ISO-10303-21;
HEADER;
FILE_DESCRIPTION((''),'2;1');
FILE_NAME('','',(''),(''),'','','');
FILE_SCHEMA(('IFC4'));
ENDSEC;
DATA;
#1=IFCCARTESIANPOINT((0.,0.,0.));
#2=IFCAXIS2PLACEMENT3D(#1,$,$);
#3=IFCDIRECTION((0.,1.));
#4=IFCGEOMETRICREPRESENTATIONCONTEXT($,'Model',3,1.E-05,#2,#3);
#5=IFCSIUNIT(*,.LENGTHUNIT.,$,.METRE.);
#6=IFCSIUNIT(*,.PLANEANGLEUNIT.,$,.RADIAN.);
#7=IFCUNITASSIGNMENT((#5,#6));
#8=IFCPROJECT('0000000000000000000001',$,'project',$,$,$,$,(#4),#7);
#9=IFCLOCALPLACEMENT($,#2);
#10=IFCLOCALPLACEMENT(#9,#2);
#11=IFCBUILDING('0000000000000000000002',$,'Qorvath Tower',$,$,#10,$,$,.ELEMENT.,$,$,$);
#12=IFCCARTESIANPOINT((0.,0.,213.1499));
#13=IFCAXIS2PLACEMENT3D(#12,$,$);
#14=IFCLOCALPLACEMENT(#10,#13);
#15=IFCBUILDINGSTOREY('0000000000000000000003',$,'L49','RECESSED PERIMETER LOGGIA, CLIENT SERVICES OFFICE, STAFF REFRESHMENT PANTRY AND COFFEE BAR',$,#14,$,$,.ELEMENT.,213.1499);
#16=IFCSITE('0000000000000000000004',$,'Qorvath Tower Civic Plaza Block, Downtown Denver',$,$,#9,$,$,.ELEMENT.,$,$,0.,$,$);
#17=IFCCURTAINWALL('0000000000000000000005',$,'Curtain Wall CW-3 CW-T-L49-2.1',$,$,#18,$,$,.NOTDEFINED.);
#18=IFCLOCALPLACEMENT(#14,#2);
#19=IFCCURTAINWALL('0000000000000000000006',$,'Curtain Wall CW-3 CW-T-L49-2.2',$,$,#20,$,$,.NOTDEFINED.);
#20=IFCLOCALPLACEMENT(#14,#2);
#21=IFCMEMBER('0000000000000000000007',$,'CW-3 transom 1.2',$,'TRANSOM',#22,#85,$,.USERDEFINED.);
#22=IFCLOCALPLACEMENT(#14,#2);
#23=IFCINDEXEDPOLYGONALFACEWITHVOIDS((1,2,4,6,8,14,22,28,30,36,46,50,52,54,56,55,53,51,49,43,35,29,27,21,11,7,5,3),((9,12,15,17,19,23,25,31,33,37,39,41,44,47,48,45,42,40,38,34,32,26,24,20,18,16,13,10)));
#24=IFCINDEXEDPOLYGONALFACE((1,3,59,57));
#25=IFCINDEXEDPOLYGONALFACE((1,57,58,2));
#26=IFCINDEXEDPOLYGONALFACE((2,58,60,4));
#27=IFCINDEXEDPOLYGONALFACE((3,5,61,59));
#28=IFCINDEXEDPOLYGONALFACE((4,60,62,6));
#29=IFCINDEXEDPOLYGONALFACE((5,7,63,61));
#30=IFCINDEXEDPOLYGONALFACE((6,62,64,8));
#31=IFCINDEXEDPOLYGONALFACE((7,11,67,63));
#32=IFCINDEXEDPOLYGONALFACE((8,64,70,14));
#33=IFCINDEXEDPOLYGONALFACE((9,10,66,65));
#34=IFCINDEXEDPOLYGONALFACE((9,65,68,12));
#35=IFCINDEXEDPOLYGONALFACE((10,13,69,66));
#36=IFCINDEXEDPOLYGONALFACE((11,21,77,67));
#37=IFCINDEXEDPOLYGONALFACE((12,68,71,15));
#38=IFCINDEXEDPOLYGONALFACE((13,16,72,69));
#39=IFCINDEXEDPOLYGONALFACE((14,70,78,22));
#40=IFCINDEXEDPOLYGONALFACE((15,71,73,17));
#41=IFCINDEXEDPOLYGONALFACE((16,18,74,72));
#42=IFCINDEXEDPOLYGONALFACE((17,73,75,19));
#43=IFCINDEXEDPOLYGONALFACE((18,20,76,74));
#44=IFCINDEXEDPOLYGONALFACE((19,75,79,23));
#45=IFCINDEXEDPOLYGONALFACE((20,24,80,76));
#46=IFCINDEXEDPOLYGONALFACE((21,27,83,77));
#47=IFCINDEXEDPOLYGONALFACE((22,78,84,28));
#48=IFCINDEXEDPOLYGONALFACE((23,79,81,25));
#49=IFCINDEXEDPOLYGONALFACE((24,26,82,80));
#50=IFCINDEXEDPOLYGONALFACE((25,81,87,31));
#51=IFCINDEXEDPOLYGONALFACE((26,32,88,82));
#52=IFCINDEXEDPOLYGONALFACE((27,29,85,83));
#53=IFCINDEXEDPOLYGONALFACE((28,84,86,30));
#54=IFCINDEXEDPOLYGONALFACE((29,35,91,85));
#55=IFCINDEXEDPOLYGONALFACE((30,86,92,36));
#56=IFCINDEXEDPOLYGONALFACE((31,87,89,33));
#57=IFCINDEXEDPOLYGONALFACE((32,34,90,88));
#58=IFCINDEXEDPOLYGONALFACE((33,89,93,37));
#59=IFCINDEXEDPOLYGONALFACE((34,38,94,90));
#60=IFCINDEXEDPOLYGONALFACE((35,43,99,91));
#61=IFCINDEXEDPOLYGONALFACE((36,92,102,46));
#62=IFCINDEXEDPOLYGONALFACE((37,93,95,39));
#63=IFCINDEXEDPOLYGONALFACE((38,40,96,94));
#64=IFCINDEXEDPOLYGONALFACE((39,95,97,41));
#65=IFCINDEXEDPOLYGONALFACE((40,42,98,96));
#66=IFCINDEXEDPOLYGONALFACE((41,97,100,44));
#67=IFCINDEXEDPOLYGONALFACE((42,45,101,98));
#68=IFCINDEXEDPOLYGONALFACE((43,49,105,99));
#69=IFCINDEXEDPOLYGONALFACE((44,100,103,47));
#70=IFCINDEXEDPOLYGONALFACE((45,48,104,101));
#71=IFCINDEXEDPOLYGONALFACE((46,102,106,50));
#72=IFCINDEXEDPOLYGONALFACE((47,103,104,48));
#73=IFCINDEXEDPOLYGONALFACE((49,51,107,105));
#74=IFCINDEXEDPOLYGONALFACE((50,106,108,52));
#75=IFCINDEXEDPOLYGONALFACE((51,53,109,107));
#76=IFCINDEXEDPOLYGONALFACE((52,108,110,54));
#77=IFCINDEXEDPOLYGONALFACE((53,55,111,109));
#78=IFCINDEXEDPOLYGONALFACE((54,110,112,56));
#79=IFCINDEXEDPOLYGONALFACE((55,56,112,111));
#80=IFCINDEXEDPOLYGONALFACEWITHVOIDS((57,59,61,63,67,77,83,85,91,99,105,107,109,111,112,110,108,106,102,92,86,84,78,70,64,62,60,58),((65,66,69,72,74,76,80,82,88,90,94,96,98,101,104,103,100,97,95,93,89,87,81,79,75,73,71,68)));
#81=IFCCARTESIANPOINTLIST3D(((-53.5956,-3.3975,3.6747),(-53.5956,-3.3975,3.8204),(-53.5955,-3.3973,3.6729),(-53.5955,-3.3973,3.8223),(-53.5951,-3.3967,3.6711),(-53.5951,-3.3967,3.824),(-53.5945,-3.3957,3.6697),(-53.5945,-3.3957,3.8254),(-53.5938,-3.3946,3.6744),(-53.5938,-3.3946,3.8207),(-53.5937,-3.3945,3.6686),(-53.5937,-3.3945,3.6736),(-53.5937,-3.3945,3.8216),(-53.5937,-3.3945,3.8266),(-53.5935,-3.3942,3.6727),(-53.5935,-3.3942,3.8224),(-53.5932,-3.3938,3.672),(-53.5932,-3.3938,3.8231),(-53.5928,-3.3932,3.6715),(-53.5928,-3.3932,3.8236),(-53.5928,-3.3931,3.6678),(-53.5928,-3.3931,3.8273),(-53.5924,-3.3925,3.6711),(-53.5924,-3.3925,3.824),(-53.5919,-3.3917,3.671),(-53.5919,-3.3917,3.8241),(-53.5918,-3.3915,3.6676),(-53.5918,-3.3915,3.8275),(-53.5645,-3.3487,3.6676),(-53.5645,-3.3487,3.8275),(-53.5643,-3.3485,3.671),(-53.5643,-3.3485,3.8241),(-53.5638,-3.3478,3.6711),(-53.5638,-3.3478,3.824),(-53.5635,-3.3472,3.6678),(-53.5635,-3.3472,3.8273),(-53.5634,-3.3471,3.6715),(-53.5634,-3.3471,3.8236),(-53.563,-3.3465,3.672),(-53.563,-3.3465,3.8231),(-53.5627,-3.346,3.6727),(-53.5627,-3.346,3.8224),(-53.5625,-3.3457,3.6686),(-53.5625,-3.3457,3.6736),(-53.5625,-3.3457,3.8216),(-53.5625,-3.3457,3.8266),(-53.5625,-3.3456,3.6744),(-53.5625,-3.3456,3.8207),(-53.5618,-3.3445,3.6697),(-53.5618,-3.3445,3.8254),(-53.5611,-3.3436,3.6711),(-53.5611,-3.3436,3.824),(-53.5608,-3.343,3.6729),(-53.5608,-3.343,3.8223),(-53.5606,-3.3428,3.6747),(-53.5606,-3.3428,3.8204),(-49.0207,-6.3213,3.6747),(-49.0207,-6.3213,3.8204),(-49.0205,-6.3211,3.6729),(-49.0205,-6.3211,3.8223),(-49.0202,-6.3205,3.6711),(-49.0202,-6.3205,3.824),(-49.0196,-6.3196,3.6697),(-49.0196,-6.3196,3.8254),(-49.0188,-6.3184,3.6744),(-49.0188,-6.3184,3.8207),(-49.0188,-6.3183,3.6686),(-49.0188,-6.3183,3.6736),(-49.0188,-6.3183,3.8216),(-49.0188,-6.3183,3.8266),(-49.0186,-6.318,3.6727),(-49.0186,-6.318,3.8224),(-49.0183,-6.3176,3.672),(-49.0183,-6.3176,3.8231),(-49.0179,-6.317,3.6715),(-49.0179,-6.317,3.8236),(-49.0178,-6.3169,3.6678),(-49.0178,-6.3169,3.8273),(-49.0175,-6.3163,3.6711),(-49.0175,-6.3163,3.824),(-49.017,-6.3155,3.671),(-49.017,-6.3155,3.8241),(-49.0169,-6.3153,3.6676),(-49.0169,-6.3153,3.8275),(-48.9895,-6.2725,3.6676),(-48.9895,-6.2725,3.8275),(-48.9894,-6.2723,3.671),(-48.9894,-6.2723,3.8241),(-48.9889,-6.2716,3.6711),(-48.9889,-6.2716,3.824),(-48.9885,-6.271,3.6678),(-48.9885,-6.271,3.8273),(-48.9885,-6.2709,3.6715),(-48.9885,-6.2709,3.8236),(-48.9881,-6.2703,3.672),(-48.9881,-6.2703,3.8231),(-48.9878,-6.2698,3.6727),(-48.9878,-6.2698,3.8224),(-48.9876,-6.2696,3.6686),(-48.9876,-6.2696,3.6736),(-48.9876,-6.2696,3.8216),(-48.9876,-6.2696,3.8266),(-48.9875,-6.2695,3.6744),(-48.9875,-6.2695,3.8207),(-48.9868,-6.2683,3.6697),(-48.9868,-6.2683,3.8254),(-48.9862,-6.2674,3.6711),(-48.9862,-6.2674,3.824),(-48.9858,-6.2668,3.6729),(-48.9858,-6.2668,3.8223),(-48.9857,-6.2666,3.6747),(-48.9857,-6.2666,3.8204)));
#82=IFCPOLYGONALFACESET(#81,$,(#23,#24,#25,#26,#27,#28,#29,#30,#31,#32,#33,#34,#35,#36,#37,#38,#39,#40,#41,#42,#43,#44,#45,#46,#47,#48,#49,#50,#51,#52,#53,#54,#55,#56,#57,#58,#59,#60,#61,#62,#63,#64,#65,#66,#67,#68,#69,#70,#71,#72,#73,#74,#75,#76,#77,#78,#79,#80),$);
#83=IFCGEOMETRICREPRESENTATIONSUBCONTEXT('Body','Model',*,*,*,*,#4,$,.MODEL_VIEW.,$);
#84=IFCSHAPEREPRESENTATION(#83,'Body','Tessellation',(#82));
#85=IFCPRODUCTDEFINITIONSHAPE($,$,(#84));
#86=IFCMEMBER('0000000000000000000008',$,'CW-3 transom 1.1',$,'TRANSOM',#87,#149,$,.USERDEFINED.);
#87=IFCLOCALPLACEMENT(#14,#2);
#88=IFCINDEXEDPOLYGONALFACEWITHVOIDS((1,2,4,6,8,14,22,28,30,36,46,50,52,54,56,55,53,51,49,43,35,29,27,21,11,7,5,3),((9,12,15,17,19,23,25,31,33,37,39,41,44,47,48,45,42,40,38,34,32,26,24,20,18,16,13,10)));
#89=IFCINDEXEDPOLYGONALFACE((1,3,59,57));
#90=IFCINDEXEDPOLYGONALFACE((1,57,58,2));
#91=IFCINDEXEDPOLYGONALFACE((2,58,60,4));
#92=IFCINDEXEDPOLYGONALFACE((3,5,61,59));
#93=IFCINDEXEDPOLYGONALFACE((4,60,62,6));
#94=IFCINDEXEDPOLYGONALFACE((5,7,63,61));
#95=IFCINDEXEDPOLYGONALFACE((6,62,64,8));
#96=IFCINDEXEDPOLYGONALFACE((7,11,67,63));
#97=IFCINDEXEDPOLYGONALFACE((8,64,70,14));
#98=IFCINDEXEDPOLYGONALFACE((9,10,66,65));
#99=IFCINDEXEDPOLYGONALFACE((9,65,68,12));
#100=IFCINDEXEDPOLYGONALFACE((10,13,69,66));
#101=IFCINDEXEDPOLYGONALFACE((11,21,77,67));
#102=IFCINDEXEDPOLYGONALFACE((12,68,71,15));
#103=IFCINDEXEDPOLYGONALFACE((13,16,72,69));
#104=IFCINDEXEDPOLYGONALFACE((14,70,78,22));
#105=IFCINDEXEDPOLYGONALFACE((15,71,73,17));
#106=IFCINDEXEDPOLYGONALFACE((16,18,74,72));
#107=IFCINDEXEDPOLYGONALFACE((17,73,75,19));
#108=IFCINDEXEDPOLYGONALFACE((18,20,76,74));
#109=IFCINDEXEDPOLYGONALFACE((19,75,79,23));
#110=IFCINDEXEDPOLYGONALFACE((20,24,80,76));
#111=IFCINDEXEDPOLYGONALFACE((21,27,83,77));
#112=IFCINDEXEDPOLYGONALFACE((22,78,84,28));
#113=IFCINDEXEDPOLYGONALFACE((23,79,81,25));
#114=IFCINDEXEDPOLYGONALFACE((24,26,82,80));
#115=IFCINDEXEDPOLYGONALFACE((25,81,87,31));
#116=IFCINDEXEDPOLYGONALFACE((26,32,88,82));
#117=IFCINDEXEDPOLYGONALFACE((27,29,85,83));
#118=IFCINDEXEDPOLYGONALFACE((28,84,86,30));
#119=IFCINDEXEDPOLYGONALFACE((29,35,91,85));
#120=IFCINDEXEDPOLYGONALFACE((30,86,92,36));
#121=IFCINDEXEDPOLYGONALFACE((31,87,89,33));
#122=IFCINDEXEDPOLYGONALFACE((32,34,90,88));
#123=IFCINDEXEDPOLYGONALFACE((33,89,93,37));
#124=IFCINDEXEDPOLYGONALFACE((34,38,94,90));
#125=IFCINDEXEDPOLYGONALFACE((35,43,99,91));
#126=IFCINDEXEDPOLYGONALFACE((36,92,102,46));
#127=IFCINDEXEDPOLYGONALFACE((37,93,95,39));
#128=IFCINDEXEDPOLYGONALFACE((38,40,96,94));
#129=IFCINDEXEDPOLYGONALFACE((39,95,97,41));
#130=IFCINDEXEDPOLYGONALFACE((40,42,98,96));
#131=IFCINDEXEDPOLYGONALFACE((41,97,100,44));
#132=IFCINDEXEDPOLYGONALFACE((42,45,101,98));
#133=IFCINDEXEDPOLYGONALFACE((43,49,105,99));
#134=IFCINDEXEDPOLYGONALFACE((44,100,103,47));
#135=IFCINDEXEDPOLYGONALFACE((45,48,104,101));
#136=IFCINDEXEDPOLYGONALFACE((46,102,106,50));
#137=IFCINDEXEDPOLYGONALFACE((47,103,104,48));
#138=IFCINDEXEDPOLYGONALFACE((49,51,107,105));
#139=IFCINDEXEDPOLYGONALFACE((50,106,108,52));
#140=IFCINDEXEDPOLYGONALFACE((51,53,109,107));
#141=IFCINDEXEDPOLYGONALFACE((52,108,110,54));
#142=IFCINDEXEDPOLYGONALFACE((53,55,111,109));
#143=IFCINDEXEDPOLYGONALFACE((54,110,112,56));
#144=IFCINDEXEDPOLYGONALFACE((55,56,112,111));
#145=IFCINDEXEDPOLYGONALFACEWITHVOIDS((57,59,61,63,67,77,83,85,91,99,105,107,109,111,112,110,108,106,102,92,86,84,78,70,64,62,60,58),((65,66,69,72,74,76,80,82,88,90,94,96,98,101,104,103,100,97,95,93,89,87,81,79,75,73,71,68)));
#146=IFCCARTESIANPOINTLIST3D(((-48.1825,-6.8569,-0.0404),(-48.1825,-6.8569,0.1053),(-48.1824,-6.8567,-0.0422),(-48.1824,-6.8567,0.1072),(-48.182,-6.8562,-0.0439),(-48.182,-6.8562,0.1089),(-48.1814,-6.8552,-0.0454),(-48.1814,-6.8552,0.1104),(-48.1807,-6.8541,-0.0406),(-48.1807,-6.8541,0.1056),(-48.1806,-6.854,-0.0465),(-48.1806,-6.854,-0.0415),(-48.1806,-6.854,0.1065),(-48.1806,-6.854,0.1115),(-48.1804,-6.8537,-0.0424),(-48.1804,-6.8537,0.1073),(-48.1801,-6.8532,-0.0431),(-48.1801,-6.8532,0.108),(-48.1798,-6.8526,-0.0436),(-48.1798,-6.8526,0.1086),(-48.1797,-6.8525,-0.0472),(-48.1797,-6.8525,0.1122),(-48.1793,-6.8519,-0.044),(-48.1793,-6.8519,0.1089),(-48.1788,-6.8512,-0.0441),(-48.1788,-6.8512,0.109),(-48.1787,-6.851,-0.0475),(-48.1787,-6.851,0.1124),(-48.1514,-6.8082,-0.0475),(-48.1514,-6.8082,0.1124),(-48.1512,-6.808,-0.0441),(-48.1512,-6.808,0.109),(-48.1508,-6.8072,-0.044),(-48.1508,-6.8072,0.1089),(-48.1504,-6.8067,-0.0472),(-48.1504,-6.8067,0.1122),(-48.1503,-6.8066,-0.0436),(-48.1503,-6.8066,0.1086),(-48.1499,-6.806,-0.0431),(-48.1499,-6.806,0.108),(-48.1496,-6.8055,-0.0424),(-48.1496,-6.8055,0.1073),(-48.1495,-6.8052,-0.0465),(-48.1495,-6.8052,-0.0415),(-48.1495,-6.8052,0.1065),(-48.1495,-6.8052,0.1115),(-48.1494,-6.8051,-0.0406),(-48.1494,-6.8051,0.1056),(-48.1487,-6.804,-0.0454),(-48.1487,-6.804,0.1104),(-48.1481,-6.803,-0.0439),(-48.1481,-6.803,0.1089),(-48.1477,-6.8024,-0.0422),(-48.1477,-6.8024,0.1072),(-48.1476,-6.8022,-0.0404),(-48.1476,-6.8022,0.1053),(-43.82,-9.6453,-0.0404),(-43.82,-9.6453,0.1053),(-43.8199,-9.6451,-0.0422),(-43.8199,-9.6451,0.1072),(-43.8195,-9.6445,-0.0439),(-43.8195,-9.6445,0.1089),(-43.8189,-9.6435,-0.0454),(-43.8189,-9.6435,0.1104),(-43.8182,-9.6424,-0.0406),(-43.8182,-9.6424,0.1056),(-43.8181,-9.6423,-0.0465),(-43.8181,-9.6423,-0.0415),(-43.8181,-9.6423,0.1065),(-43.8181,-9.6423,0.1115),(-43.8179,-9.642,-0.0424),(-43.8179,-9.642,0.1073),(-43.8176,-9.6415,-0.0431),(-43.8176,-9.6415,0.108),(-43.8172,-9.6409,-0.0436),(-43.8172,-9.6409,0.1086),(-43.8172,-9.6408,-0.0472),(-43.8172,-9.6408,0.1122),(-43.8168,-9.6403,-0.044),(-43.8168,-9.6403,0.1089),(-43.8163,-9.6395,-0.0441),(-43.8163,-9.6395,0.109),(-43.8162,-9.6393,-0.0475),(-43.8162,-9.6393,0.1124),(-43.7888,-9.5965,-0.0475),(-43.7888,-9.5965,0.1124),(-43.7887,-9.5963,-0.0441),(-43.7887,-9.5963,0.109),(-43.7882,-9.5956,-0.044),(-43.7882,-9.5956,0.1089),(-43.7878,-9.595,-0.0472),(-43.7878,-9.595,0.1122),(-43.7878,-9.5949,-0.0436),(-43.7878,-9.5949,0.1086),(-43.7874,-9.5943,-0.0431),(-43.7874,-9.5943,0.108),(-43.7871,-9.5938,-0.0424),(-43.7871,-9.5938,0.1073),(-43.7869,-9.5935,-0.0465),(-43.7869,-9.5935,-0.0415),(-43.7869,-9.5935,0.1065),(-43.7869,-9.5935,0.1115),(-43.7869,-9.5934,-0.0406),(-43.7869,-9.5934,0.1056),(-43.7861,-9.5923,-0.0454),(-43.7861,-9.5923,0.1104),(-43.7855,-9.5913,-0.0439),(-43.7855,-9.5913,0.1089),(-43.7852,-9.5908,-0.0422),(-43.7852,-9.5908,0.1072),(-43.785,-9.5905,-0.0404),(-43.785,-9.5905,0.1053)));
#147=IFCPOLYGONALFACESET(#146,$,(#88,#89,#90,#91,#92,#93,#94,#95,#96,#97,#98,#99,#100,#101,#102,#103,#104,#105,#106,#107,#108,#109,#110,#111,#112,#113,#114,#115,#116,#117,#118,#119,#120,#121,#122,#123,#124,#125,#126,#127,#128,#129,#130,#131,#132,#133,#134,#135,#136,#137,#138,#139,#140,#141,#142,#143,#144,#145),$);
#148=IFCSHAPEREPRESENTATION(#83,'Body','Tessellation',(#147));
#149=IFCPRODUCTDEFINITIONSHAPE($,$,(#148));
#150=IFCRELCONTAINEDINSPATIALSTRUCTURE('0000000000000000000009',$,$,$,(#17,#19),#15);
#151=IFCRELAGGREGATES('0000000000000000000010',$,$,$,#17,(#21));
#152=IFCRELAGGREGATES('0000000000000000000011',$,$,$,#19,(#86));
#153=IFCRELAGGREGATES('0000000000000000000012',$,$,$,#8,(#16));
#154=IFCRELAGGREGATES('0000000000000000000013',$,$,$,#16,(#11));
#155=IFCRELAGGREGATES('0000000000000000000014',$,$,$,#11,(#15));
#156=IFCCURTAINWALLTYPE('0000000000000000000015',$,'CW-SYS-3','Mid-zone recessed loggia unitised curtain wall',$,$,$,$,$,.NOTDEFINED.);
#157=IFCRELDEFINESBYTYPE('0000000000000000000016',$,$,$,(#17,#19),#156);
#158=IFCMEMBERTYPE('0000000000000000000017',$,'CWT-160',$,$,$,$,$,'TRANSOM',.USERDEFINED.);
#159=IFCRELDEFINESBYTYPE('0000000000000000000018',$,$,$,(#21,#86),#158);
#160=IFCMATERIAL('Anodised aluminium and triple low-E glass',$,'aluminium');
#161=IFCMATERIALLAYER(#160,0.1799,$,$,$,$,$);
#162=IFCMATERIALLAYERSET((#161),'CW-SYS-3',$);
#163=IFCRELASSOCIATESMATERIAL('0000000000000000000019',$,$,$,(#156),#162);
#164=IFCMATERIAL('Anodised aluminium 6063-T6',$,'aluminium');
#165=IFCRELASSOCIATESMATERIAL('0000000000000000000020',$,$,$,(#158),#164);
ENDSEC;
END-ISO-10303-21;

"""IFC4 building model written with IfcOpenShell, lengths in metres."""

from ifc_helpers import new_model, si_unit, direction, frame, origin, origin_2d, place, context, subcontext, project, spatial, hollow_rectangle, extrude, material, layer, layer_set, material_profile, profile_set, type_object, element, aggregate, save


model = new_model("IFC4")

# Units and contexts
model_context = context("Model", 3, precision=1e-05, world=origin(), true_north=direction((0.0, 1.0)))
body_context = subcontext(model_context, "Body", "Model", "MODEL_VIEW")
ifc_project = project(units=[si_unit("LENGTHUNIT", "METRE"), si_unit("PLANEANGLEUNIT", "RADIAN")], contexts=[model_context])

# Site, building, storey
site_placement = place(None, origin())
site = spatial("IfcSite", under=ifc_project, at=site_placement, Name="Qorvath Tower Civic Plaza Block, Downtown Denver", CompositionType="ELEMENT", RefElevation=0.0)
building_placement = place(site_placement, origin())
building = spatial("IfcBuilding", under=site, at=building_placement, Name="Qorvath Tower", CompositionType="ELEMENT")
storey_placement = place(building_placement, frame((0.0, 0.0, 213.1499)))
storey = spatial("IfcBuildingStorey", under=building, at=storey_placement, Name="L49", Description="RECESSED PERIMETER LOGGIA, CLIENT SERVICES OFFICE, STAFF REFRESHMENT PANTRY AND COFFEE BAR", CompositionType="ELEMENT", Elevation=213.1499)

# Curtain walls
ifc_material_1 = material(Name="Anodised aluminium and triple low-E glass", Category="aluminium")
ifc_layer_1 = layer(ifc_material_1, 0.1799)
ifc_layer_set_1 = layer_set([ifc_layer_1], Name="CW-SYS-3")
curtain_wall_type = type_object("IfcCurtainWallType", Name="CW-SYS-3", Description="Mid-zone recessed loggia unitised curtain wall", PredefinedType="NOTDEFINED", material=ifc_layer_set_1)
curtain_wall_1_placement = place(storey_placement, origin())
curtain_wall_1 = element("IfcCurtainWall", 1, at=curtain_wall_1_placement, inside=storey, type_object=curtain_wall_type, Name="Curtain Wall CW-3 CW-T-L49-2.1", PredefinedType="NOTDEFINED")
curtain_wall_2_placement = place(storey_placement, origin())
curtain_wall_2 = element("IfcCurtainWall", 2, at=curtain_wall_2_placement, inside=storey, type_object=curtain_wall_type, Name="Curtain Wall CW-3 CW-T-L49-2.2", PredefinedType="NOTDEFINED")

# Members
ifc_material_2 = material(Name="Anodised aluminium 6063-T6", Category="aluminium")
ifc_material_profile_1 = material_profile(ifc_material_2, hollow_rectangle(XDim=0.0649, YDim=0.1599, WallThickness=0.0034, InnerFilletRadius=0.0034, OuterFilletRadius=0.0071, at=origin_2d()), Name="CWT 160x65")
ifc_profile_set_1 = profile_set([ifc_material_profile_1], Name="Anodised aluminium 6063-T6")
member_type_1 = type_object("IfcMemberType", Name="CWT-160", ElementType="TRANSOM", PredefinedType="USERDEFINED", material=ifc_profile_set_1)
member_1_placement = place(storey_placement, frame((-53.5781, -3.3701, 3.7476), z_axis=(0.842617, -0.538513, 0.0), x_axis=(0.538513, 0.842617, 0.0)))
member_1 = element("IfcMember", 3, at=member_1_placement, type_object=member_type_1, Name="CW-3 transom 1.2", ObjectType="TRANSOM", PredefinedType="USERDEFINED", context=body_context, shape_type="SweptSolid", body=[
    extrude(hollow_rectangle(XDim=0.0649, YDim=0.1599, WallThickness=0.0034, InnerFilletRadius=0.0034, OuterFilletRadius=0.0071, at=origin_2d()), origin(), (0.0, 0.0, 1.0), 5.4294),
])
member_2_placement = place(storey_placement, frame((-48.165, -6.8296, 0.0325), z_axis=(0.842596, -0.538546, 0.0), x_axis=(0.538546, 0.842596, 0.0)))
member_2 = element("IfcMember", 4, at=member_2_placement, type_object=member_type_1, Name="CW-3 transom 1.1", ObjectType="TRANSOM", PredefinedType="USERDEFINED", context=body_context, shape_type="SweptSolid", body=[
    extrude(hollow_rectangle(XDim=0.0649, YDim=0.1599, WallThickness=0.0034, InnerFilletRadius=0.0034, OuterFilletRadius=0.0071, at=origin_2d()), origin(), (0.0, 0.0, 1.0), 5.1775),
])

aggregate(curtain_wall_1, [member_1])
aggregate(curtain_wall_2, [member_2])

save(model, "model.ifc")
